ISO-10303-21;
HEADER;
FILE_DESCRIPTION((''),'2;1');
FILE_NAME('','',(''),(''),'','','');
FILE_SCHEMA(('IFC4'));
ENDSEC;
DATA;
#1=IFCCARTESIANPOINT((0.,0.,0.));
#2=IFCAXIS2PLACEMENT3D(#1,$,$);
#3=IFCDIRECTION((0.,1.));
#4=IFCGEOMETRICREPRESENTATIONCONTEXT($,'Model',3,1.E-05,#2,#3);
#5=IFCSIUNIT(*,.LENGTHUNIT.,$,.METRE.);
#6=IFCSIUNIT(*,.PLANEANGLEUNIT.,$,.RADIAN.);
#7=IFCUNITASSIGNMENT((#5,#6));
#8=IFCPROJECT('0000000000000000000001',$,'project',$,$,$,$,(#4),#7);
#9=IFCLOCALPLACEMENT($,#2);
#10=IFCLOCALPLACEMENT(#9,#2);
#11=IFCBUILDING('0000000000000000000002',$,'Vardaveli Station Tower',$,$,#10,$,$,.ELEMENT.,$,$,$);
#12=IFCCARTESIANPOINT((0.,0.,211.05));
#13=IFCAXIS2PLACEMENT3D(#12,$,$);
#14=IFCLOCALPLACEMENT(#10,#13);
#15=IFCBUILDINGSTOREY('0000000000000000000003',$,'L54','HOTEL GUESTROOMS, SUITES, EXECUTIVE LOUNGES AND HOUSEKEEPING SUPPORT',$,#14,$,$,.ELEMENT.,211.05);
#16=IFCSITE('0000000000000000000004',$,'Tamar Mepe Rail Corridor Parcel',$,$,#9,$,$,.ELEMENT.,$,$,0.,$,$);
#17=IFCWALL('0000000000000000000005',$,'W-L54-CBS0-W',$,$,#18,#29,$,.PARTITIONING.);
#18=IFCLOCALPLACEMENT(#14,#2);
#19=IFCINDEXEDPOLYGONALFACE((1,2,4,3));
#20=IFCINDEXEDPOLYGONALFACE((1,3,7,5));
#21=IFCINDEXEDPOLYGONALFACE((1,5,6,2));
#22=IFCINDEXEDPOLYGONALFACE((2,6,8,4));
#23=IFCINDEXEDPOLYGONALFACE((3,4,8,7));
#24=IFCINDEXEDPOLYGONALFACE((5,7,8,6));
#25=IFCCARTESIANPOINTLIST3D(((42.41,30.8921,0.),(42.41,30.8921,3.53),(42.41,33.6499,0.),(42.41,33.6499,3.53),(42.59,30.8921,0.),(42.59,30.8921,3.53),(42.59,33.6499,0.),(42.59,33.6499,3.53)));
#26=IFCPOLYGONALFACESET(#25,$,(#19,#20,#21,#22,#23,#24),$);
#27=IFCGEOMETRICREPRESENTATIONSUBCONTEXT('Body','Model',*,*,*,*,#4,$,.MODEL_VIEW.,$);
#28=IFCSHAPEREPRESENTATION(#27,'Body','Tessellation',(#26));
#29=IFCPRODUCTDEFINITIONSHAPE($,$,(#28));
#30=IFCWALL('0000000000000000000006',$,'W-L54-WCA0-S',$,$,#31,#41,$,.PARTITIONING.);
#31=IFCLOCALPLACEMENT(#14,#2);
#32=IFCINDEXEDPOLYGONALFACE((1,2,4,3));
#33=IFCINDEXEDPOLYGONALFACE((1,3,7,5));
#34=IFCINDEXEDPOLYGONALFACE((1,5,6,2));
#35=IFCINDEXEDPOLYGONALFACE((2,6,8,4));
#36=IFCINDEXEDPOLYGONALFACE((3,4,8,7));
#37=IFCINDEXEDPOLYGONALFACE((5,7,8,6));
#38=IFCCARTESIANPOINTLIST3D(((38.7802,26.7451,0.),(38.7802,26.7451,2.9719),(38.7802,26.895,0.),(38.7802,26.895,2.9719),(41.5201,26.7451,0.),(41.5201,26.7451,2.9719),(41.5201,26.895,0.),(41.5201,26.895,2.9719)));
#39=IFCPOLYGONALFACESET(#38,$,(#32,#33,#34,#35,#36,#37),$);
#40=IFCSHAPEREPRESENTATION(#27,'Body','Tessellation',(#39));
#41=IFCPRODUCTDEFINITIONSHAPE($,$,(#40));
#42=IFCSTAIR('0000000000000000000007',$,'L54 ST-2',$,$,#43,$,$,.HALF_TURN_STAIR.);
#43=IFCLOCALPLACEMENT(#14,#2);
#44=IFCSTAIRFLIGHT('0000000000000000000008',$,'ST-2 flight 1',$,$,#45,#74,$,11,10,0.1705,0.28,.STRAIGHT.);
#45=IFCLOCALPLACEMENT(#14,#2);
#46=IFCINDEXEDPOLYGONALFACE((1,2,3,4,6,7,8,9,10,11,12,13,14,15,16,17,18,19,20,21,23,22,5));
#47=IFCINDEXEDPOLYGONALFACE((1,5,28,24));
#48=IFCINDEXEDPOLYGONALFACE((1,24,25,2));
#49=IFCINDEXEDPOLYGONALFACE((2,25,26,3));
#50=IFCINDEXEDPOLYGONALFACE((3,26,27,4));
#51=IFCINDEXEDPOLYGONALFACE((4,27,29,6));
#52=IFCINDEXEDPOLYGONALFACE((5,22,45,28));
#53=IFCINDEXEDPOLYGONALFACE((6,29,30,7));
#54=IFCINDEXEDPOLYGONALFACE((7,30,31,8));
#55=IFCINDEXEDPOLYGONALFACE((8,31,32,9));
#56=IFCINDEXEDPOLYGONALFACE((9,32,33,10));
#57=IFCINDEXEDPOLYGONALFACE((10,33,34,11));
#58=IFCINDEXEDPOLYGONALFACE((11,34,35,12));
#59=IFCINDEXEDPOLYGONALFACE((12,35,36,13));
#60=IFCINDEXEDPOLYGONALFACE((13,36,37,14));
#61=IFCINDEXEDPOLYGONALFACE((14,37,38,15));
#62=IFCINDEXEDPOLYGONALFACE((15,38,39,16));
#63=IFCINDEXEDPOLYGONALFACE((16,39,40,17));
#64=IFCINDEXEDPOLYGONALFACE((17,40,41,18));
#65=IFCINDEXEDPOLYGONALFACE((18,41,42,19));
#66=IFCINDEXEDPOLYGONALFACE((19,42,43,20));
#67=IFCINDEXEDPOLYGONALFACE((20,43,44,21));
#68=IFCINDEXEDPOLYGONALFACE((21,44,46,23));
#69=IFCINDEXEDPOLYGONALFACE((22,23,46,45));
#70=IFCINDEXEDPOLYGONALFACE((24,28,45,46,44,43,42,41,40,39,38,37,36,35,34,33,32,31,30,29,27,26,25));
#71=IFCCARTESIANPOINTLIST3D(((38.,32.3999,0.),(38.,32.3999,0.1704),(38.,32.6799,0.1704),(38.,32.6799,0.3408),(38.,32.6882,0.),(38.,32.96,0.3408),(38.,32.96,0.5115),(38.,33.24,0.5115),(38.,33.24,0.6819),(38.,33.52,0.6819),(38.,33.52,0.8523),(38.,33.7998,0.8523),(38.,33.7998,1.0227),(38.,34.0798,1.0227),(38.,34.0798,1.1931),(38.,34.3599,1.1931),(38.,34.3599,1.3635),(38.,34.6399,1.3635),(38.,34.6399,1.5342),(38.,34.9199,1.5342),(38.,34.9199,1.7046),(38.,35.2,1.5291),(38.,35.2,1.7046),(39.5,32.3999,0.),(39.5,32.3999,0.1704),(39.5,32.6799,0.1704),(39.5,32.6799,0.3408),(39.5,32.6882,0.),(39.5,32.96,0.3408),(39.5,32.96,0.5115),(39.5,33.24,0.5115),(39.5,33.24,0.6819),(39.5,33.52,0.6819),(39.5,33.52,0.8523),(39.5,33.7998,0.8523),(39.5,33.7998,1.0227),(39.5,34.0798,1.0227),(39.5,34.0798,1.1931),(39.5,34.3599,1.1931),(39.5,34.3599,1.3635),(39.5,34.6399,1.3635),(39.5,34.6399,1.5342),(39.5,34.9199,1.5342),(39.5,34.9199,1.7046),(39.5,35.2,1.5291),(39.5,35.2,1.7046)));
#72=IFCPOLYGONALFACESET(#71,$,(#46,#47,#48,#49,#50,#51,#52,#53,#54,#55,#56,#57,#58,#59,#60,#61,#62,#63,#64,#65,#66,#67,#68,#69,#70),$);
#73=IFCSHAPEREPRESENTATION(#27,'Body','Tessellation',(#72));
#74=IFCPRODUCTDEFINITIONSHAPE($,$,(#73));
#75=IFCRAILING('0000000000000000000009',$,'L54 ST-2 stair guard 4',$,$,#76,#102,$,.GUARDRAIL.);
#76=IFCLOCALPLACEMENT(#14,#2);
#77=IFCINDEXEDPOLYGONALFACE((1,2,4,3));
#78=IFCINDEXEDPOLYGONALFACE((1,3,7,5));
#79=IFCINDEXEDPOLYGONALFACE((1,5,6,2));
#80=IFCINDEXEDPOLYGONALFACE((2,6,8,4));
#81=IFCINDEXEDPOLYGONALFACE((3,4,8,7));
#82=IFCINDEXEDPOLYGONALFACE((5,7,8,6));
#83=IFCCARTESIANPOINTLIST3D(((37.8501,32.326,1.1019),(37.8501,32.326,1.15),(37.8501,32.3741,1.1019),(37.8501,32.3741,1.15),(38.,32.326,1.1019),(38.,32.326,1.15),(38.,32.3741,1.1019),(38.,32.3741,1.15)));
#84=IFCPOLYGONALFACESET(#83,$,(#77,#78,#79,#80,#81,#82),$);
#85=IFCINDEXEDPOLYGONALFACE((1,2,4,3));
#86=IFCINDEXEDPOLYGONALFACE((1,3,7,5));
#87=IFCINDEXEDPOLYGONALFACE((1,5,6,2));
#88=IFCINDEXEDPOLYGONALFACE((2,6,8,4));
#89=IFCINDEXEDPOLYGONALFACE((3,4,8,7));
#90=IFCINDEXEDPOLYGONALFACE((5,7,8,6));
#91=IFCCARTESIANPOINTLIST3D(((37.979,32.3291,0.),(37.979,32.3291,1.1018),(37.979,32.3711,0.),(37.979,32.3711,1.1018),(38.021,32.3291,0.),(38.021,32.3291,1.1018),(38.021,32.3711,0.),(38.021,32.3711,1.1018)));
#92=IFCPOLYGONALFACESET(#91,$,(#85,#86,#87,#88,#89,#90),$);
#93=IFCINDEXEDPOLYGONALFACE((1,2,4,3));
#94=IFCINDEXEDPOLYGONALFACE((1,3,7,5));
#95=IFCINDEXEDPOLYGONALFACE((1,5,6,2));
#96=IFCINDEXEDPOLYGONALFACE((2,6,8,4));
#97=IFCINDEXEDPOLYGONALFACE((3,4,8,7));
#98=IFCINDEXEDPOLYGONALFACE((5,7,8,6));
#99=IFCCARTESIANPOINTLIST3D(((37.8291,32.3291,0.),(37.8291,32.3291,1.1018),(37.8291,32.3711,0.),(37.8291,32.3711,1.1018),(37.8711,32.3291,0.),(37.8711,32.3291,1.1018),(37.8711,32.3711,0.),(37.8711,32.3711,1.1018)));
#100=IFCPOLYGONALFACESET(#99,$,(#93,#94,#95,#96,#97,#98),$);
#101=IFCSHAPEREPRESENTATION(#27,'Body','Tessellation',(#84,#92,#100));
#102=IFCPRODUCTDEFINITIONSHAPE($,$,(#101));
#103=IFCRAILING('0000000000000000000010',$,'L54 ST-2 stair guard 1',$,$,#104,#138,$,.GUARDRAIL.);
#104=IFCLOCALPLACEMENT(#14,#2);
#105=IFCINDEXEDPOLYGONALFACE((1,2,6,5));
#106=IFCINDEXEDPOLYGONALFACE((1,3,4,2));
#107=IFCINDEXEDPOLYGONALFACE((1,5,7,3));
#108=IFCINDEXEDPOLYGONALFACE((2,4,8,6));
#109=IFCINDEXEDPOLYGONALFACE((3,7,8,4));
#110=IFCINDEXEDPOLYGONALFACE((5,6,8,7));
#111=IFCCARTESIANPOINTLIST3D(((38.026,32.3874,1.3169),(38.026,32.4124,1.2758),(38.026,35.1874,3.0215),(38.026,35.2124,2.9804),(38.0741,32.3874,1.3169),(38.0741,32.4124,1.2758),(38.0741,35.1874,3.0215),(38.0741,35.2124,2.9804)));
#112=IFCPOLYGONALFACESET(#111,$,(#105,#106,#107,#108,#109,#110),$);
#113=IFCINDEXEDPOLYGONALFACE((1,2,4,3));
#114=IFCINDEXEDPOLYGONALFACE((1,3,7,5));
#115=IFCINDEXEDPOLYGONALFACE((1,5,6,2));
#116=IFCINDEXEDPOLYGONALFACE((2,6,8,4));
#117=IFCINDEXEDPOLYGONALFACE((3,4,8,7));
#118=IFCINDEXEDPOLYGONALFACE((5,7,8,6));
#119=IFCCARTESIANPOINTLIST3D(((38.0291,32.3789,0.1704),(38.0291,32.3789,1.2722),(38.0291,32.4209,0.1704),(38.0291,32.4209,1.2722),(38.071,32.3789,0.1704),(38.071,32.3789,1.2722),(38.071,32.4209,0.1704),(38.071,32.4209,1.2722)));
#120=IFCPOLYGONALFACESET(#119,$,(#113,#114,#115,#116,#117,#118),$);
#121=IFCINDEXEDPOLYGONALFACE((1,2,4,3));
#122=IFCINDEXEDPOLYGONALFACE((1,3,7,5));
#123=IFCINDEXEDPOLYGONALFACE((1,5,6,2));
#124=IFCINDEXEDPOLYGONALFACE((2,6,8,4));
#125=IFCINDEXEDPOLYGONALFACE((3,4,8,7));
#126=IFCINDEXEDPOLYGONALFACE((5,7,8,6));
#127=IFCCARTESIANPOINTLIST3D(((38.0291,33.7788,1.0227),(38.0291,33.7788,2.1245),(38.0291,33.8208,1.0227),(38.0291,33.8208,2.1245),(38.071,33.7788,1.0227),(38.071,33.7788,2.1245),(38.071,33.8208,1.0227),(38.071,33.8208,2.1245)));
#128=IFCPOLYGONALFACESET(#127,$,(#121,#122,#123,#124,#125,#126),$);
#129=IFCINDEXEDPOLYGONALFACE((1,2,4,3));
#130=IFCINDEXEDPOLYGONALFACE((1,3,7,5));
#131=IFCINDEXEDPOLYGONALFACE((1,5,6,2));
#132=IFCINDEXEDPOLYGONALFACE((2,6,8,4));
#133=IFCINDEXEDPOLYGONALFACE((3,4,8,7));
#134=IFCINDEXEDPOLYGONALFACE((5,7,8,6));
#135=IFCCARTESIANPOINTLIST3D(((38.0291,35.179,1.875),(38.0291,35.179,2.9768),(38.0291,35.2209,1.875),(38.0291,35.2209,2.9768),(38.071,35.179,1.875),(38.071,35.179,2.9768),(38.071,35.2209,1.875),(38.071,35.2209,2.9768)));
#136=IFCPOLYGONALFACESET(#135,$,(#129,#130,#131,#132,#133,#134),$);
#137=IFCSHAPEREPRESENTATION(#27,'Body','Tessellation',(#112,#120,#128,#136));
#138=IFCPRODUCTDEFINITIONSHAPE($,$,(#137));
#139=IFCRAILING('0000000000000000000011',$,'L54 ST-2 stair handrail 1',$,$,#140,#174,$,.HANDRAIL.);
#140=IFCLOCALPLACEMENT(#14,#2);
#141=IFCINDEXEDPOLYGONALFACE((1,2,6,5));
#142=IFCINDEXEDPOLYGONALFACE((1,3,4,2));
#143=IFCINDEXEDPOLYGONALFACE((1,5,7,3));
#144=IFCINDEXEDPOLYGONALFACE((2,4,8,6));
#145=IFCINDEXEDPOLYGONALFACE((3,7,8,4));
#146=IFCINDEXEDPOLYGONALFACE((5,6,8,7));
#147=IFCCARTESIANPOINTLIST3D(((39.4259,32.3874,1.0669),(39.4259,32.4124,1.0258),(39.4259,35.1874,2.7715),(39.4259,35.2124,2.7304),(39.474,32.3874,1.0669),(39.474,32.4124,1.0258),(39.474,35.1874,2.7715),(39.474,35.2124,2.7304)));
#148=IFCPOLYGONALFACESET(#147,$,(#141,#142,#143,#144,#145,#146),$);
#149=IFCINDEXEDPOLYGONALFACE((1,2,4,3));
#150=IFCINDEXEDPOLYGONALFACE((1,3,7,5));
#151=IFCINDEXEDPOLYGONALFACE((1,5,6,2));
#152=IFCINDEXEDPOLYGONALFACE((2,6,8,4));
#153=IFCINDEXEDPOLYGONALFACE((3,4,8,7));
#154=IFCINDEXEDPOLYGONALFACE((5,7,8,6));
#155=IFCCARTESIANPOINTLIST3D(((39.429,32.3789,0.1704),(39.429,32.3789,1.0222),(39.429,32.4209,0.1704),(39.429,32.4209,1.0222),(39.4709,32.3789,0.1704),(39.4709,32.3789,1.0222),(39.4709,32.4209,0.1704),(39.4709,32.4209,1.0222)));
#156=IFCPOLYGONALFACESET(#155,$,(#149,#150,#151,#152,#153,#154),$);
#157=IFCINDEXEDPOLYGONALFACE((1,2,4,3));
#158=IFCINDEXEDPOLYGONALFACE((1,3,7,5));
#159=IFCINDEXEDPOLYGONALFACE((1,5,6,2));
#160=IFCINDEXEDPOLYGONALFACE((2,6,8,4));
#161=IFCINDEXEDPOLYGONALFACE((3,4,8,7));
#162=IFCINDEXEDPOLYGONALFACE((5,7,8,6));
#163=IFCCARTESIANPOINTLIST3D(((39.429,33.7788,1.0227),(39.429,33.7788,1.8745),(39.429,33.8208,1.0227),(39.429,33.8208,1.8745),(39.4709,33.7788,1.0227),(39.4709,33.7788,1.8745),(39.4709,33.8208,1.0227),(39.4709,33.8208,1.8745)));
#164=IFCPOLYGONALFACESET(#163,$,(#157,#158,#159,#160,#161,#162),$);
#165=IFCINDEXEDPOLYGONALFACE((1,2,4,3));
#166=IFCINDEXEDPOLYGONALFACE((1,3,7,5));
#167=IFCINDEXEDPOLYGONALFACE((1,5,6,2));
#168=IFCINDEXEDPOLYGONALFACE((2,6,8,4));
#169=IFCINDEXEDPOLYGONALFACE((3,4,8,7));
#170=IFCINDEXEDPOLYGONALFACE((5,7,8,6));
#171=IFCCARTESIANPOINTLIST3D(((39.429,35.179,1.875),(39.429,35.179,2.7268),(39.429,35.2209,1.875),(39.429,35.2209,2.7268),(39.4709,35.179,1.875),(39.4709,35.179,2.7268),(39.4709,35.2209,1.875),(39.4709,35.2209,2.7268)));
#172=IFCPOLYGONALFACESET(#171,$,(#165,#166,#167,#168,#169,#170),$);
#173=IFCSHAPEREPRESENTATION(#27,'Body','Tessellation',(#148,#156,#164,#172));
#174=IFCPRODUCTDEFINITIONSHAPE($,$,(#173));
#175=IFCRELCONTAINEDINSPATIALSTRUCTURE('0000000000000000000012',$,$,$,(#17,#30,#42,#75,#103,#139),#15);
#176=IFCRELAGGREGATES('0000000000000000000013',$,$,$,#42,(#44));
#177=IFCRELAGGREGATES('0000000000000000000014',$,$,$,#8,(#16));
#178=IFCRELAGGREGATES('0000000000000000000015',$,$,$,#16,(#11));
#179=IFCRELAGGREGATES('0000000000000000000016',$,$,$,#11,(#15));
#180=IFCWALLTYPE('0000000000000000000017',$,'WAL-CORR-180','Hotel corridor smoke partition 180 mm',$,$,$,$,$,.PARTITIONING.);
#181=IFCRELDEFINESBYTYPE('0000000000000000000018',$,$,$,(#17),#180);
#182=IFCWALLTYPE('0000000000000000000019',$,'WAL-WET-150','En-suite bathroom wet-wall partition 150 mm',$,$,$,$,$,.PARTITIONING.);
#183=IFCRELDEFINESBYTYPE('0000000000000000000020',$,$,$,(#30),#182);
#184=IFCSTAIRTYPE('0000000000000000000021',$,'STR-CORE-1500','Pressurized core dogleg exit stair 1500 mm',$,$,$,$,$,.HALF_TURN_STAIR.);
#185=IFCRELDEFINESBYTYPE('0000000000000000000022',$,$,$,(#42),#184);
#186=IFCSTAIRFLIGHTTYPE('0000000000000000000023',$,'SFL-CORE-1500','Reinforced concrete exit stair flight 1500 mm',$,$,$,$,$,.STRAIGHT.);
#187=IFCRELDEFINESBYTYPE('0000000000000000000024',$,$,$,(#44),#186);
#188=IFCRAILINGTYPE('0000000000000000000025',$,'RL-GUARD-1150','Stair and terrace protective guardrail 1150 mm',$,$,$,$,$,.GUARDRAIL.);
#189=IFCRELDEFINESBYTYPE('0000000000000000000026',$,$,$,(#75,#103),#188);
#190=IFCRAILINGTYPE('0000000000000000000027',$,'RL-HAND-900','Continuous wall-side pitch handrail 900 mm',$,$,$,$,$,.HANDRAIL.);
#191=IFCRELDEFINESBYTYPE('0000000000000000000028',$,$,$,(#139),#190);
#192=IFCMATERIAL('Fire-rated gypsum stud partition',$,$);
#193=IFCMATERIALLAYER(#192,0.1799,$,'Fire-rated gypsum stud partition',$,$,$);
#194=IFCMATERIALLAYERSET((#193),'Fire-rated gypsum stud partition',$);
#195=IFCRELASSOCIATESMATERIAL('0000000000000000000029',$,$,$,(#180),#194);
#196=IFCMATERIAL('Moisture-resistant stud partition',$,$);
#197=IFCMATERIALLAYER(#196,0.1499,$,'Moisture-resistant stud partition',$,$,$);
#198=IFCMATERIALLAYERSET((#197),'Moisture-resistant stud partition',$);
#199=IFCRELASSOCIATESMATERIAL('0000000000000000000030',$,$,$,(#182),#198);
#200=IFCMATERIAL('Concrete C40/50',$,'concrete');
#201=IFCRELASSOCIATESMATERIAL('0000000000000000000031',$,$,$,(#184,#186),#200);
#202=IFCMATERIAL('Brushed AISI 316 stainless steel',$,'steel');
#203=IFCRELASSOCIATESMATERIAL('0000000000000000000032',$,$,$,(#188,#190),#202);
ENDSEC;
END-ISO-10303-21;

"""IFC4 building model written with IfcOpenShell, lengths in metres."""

from ifc_helpers import new_model, si_unit, direction, frame, frame_2d, origin, origin_2d, place, context, subcontext, project, spatial, polyline, rectangle, outline, extrude, source, transform, mapped, material, layer, layer_set, type_object, element, aggregate, save


model = new_model("IFC4")

# Units and contexts
model_context = context("Model", 3, precision=1e-05, world=origin(), true_north=direction((0.0, 1.0)))
body_context = subcontext(model_context, "Body", "Model", "MODEL_VIEW")
ifc_project = project(units=[si_unit("LENGTHUNIT", "METRE"), si_unit("PLANEANGLEUNIT", "RADIAN")], contexts=[model_context])

# Site, building, storey
site_placement = place(None, origin())
site = spatial("IfcSite", under=ifc_project, at=site_placement, Name="Tamar Mepe Rail Corridor Parcel", CompositionType="ELEMENT", RefElevation=0.0)
building_placement = place(site_placement, origin())
building = spatial("IfcBuilding", under=site, at=building_placement, Name="Vardaveli Station Tower", CompositionType="ELEMENT")
storey_placement = place(building_placement, frame((0.0, 0.0, 211.05)))
storey = spatial("IfcBuildingStorey", under=building, at=storey_placement, Name="L54", Description="HOTEL GUESTROOMS, SUITES, EXECUTIVE LOUNGES AND HOUSEKEEPING SUPPORT", CompositionType="ELEMENT", Elevation=211.05)

# Shared definitions
ifc_material_1 = material(Name="Concrete C40/50", Category="concrete")

# Shared definitions
ifc_material_2 = material(Name="Fire-rated gypsum stud partition")
ifc_layer_1 = layer(ifc_material_2, 0.1799, Name="Fire-rated gypsum stud partition")
ifc_layer_set_1 = layer_set([ifc_layer_1], Name="Fire-rated gypsum stud partition")
wall_type_1 = type_object("IfcWallType", Name="WAL-CORR-180", Description="Hotel corridor smoke partition 180 mm", PredefinedType="PARTITIONING", material=ifc_layer_set_1)

# Shared definitions
ifc_material_3 = material(Name="Moisture-resistant stud partition")
ifc_layer_2 = layer(ifc_material_3, 0.1499, Name="Moisture-resistant stud partition")
ifc_layer_set_2 = layer_set([ifc_layer_2], Name="Moisture-resistant stud partition")
wall_type_2 = type_object("IfcWallType", Name="WAL-WET-150", Description="En-suite bathroom wet-wall partition 150 mm", PredefinedType="PARTITIONING", material=ifc_layer_set_2)

# Walls
shared_shape_1 = source(origin(), body_context, "Body", "SweptSolid", [
    extrude(rectangle(XDim=2.7578, YDim=0.1799, at=frame_2d((1.3789, 0.0))), origin(), (0.0, 0.0, 1.0), 3.53),
])
wall_1_placement = place(storey_placement, frame((42.5, 30.8921, 0.0), z_axis=(0.0, 0.0, 1.0), x_axis=(0.0, 1.0, 0.0)))
element("IfcWall", 1, at=wall_1_placement, inside=storey, type_object=wall_type_1, Name="W-L54-CBS0-W", PredefinedType="PARTITIONING", context=body_context, shape_type="MappedRepresentation", body=[
    mapped(shared_shape_1, transform((0.0, 0.0, 0.0), scale=1.0)),
])
shared_shape_2 = source(origin(), body_context, "Body", "SweptSolid", [
    extrude(rectangle(XDim=2.74, YDim=0.1499, at=frame_2d((1.3701, 0.0))), origin(), (0.0, 0.0, 1.0), 2.9719),
])
wall_2_placement = place(storey_placement, frame((38.78, 26.8201, 0.0), z_axis=(0.0, 0.0, 1.0), x_axis=(1.0, 0.0, 0.0)))
element("IfcWall", 2, at=wall_2_placement, inside=storey, type_object=wall_type_2, Name="W-L54-WCA0-S", PredefinedType="PARTITIONING", context=body_context, shape_type="MappedRepresentation", body=[
    mapped(shared_shape_2, transform((0.0, 0.0, 0.0), scale=1.0)),
])

# Stair, stair flight
stair_type = type_object("IfcStairType", Name="STR-CORE-1500", Description="Pressurized core dogleg exit stair 1500 mm", PredefinedType="HALF_TURN_STAIR", material=ifc_material_1)
stair_placement = place(storey_placement, origin())
stair = element("IfcStair", 3, at=stair_placement, inside=storey, type_object=stair_type, Name="L54 ST-2", PredefinedType="HALF_TURN_STAIR")
stair_flight_type = type_object("IfcStairFlightType", Name="SFL-CORE-1500", Description="Reinforced concrete exit stair flight 1500 mm", PredefinedType="STRAIGHT", material=ifc_material_1)
shared_shape_3 = source(origin(), body_context, "Body", "SweptSolid", [
    extrude(outline(polyline([(0.0, 0.0), (0.0, 0.1704), (0.28, 0.1704), (0.28, 0.3408), (0.5601, 0.3408), (0.5601, 0.5115), (0.8401, 0.5115), (0.8401, 0.6819), (1.1201, 0.6819), (1.1201, 0.8523), (1.3999, 0.8523), (1.3999, 1.0227), (1.6799, 1.0227), (1.6799, 1.1931), (1.96, 1.1931), (1.96, 1.3635), (2.24, 1.3635), (2.24, 1.5342), (2.52, 1.5342), (2.52, 1.7046), (2.8, 1.7046), (2.8, 1.875), (2.8, 1.5291), (0.2883, 0.0), (0.0, 0.0)])), frame((0.0, 0.75, 0.0), z_axis=(0.0, -1.0, 0.0), x_axis=(1.0, 0.0, 0.0)), (0.0, 0.0, 1.0), 1.5),
])
stair_flight_placement = place(storey_placement, frame((38.75, 32.3999, 0.0), z_axis=(0.0, 0.0, 1.0), x_axis=(0.0, 1.0, 0.0)))
stair_flight = element("IfcStairFlight", 4, at=stair_flight_placement, type_object=stair_flight_type, Name="ST-2 flight 1", NumberOfRisers=11, NumberOfTreads=10, PredefinedType="STRAIGHT", RiserHeight=0.1705, TreadLength=0.28, context=body_context, shape_type="MappedRepresentation", body=[
    mapped(shared_shape_3, transform((0.0, 0.0, 0.0), scale=1.0)),
])
aggregate(stair, [stair_flight])

# Railings
ifc_material_4 = material(Name="Brushed AISI 316 stainless steel", Category="steel")
railing_type_1 = type_object("IfcRailingType", Name="RL-GUARD-1150", Description="Stair and terrace protective guardrail 1150 mm", PredefinedType="GUARDRAIL", material=ifc_material_4)
shared_shape_4 = source(origin(), body_context, "Body", "SweptSolid", [
    extrude(rectangle(XDim=0.0481, YDim=0.0481, at=origin_2d()), frame((0.0, 0.0, 1.126), z_axis=(-1.0, 0.0, 0.0), x_axis=(0.0, -1.0, 0.0)), (0.0, 0.0, 1.0), 0.1499),
    extrude(rectangle(XDim=0.042, YDim=0.042, at=origin_2d()), origin(), (0.0, 0.0, 1.0), 1.1018),
    extrude(rectangle(XDim=0.042, YDim=0.042, at=origin_2d()), frame((-0.1499, 0.0, 0.0)), (0.0, 0.0, 1.0), 1.1018),
])
railing_1_placement = place(storey_placement, frame((38.0, 32.3501, 0.0)))
element("IfcRailing", 5, at=railing_1_placement, inside=storey, type_object=railing_type_1, Name="L54 ST-2 stair guard 4", PredefinedType="GUARDRAIL", context=body_context, shape_type="MappedRepresentation", body=[
    mapped(shared_shape_4, transform((0.0, 0.0, 0.0), scale=1.0)),
])
shared_shape_5 = source(origin(), body_context, "Body", "SweptSolid", [
    extrude(rectangle(XDim=0.0481, YDim=0.0481, at=origin_2d()), frame((0.0, 0.0, 1.126), z_axis=(0.0, 0.85417, 0.519994), x_axis=(-1.0, 0.0, 0.0)), (0.0, 0.0, 1.0), 3.2781),
    extrude(rectangle(XDim=0.042, YDim=0.042, at=origin_2d()), origin(), (0.0, 0.0, 1.0), 1.1018),
    extrude(rectangle(XDim=0.042, YDim=0.042, at=origin_2d()), frame((0.0, 1.3999, 0.8523)), (0.0, 0.0, 1.0), 1.1018),
    extrude(rectangle(XDim=0.042, YDim=0.042, at=origin_2d()), frame((0.0, 2.8, 1.7046)), (0.0, 0.0, 1.0), 1.1018),
])
railing_2_placement = place(storey_placement, frame((38.05, 32.3999, 0.1704)))
element("IfcRailing", 6, at=railing_2_placement, inside=storey, type_object=railing_type_1, Name="L54 ST-2 stair guard 1", PredefinedType="GUARDRAIL", context=body_context, shape_type="MappedRepresentation", body=[
    mapped(shared_shape_5, transform((0.0, 0.0, 0.0), scale=1.0)),
])
railing_type_2 = type_object("IfcRailingType", Name="RL-HAND-900", Description="Continuous wall-side pitch handrail 900 mm", PredefinedType="HANDRAIL", material=ifc_material_4)
shared_shape_6 = source(origin(), body_context, "Body", "SweptSolid", [
    extrude(rectangle(XDim=0.0481, YDim=0.0481, at=origin_2d()), frame((0.0, 0.0, 0.876), z_axis=(0.0, 0.85417, 0.519994), x_axis=(-1.0, 0.0, 0.0)), (0.0, 0.0, 1.0), 3.2781),
    extrude(rectangle(XDim=0.042, YDim=0.042, at=origin_2d()), origin(), (0.0, 0.0, 1.0), 0.8518),
    extrude(rectangle(XDim=0.042, YDim=0.042, at=origin_2d()), frame((0.0, 1.3999, 0.8523)), (0.0, 0.0, 1.0), 0.8518),
    extrude(rectangle(XDim=0.042, YDim=0.042, at=origin_2d()), frame((0.0, 2.8, 1.7046)), (0.0, 0.0, 1.0), 0.8518),
])
railing_3_placement = place(storey_placement, frame((39.45, 32.3999, 0.1704)))
element("IfcRailing", 7, at=railing_3_placement, inside=storey, type_object=railing_type_2, Name="L54 ST-2 stair handrail 1", PredefinedType="HANDRAIL", context=body_context, shape_type="MappedRepresentation", body=[
    mapped(shared_shape_6, transform((0.0, 0.0, 0.0), scale=1.0)),
])

save(model, "model.ifc")
